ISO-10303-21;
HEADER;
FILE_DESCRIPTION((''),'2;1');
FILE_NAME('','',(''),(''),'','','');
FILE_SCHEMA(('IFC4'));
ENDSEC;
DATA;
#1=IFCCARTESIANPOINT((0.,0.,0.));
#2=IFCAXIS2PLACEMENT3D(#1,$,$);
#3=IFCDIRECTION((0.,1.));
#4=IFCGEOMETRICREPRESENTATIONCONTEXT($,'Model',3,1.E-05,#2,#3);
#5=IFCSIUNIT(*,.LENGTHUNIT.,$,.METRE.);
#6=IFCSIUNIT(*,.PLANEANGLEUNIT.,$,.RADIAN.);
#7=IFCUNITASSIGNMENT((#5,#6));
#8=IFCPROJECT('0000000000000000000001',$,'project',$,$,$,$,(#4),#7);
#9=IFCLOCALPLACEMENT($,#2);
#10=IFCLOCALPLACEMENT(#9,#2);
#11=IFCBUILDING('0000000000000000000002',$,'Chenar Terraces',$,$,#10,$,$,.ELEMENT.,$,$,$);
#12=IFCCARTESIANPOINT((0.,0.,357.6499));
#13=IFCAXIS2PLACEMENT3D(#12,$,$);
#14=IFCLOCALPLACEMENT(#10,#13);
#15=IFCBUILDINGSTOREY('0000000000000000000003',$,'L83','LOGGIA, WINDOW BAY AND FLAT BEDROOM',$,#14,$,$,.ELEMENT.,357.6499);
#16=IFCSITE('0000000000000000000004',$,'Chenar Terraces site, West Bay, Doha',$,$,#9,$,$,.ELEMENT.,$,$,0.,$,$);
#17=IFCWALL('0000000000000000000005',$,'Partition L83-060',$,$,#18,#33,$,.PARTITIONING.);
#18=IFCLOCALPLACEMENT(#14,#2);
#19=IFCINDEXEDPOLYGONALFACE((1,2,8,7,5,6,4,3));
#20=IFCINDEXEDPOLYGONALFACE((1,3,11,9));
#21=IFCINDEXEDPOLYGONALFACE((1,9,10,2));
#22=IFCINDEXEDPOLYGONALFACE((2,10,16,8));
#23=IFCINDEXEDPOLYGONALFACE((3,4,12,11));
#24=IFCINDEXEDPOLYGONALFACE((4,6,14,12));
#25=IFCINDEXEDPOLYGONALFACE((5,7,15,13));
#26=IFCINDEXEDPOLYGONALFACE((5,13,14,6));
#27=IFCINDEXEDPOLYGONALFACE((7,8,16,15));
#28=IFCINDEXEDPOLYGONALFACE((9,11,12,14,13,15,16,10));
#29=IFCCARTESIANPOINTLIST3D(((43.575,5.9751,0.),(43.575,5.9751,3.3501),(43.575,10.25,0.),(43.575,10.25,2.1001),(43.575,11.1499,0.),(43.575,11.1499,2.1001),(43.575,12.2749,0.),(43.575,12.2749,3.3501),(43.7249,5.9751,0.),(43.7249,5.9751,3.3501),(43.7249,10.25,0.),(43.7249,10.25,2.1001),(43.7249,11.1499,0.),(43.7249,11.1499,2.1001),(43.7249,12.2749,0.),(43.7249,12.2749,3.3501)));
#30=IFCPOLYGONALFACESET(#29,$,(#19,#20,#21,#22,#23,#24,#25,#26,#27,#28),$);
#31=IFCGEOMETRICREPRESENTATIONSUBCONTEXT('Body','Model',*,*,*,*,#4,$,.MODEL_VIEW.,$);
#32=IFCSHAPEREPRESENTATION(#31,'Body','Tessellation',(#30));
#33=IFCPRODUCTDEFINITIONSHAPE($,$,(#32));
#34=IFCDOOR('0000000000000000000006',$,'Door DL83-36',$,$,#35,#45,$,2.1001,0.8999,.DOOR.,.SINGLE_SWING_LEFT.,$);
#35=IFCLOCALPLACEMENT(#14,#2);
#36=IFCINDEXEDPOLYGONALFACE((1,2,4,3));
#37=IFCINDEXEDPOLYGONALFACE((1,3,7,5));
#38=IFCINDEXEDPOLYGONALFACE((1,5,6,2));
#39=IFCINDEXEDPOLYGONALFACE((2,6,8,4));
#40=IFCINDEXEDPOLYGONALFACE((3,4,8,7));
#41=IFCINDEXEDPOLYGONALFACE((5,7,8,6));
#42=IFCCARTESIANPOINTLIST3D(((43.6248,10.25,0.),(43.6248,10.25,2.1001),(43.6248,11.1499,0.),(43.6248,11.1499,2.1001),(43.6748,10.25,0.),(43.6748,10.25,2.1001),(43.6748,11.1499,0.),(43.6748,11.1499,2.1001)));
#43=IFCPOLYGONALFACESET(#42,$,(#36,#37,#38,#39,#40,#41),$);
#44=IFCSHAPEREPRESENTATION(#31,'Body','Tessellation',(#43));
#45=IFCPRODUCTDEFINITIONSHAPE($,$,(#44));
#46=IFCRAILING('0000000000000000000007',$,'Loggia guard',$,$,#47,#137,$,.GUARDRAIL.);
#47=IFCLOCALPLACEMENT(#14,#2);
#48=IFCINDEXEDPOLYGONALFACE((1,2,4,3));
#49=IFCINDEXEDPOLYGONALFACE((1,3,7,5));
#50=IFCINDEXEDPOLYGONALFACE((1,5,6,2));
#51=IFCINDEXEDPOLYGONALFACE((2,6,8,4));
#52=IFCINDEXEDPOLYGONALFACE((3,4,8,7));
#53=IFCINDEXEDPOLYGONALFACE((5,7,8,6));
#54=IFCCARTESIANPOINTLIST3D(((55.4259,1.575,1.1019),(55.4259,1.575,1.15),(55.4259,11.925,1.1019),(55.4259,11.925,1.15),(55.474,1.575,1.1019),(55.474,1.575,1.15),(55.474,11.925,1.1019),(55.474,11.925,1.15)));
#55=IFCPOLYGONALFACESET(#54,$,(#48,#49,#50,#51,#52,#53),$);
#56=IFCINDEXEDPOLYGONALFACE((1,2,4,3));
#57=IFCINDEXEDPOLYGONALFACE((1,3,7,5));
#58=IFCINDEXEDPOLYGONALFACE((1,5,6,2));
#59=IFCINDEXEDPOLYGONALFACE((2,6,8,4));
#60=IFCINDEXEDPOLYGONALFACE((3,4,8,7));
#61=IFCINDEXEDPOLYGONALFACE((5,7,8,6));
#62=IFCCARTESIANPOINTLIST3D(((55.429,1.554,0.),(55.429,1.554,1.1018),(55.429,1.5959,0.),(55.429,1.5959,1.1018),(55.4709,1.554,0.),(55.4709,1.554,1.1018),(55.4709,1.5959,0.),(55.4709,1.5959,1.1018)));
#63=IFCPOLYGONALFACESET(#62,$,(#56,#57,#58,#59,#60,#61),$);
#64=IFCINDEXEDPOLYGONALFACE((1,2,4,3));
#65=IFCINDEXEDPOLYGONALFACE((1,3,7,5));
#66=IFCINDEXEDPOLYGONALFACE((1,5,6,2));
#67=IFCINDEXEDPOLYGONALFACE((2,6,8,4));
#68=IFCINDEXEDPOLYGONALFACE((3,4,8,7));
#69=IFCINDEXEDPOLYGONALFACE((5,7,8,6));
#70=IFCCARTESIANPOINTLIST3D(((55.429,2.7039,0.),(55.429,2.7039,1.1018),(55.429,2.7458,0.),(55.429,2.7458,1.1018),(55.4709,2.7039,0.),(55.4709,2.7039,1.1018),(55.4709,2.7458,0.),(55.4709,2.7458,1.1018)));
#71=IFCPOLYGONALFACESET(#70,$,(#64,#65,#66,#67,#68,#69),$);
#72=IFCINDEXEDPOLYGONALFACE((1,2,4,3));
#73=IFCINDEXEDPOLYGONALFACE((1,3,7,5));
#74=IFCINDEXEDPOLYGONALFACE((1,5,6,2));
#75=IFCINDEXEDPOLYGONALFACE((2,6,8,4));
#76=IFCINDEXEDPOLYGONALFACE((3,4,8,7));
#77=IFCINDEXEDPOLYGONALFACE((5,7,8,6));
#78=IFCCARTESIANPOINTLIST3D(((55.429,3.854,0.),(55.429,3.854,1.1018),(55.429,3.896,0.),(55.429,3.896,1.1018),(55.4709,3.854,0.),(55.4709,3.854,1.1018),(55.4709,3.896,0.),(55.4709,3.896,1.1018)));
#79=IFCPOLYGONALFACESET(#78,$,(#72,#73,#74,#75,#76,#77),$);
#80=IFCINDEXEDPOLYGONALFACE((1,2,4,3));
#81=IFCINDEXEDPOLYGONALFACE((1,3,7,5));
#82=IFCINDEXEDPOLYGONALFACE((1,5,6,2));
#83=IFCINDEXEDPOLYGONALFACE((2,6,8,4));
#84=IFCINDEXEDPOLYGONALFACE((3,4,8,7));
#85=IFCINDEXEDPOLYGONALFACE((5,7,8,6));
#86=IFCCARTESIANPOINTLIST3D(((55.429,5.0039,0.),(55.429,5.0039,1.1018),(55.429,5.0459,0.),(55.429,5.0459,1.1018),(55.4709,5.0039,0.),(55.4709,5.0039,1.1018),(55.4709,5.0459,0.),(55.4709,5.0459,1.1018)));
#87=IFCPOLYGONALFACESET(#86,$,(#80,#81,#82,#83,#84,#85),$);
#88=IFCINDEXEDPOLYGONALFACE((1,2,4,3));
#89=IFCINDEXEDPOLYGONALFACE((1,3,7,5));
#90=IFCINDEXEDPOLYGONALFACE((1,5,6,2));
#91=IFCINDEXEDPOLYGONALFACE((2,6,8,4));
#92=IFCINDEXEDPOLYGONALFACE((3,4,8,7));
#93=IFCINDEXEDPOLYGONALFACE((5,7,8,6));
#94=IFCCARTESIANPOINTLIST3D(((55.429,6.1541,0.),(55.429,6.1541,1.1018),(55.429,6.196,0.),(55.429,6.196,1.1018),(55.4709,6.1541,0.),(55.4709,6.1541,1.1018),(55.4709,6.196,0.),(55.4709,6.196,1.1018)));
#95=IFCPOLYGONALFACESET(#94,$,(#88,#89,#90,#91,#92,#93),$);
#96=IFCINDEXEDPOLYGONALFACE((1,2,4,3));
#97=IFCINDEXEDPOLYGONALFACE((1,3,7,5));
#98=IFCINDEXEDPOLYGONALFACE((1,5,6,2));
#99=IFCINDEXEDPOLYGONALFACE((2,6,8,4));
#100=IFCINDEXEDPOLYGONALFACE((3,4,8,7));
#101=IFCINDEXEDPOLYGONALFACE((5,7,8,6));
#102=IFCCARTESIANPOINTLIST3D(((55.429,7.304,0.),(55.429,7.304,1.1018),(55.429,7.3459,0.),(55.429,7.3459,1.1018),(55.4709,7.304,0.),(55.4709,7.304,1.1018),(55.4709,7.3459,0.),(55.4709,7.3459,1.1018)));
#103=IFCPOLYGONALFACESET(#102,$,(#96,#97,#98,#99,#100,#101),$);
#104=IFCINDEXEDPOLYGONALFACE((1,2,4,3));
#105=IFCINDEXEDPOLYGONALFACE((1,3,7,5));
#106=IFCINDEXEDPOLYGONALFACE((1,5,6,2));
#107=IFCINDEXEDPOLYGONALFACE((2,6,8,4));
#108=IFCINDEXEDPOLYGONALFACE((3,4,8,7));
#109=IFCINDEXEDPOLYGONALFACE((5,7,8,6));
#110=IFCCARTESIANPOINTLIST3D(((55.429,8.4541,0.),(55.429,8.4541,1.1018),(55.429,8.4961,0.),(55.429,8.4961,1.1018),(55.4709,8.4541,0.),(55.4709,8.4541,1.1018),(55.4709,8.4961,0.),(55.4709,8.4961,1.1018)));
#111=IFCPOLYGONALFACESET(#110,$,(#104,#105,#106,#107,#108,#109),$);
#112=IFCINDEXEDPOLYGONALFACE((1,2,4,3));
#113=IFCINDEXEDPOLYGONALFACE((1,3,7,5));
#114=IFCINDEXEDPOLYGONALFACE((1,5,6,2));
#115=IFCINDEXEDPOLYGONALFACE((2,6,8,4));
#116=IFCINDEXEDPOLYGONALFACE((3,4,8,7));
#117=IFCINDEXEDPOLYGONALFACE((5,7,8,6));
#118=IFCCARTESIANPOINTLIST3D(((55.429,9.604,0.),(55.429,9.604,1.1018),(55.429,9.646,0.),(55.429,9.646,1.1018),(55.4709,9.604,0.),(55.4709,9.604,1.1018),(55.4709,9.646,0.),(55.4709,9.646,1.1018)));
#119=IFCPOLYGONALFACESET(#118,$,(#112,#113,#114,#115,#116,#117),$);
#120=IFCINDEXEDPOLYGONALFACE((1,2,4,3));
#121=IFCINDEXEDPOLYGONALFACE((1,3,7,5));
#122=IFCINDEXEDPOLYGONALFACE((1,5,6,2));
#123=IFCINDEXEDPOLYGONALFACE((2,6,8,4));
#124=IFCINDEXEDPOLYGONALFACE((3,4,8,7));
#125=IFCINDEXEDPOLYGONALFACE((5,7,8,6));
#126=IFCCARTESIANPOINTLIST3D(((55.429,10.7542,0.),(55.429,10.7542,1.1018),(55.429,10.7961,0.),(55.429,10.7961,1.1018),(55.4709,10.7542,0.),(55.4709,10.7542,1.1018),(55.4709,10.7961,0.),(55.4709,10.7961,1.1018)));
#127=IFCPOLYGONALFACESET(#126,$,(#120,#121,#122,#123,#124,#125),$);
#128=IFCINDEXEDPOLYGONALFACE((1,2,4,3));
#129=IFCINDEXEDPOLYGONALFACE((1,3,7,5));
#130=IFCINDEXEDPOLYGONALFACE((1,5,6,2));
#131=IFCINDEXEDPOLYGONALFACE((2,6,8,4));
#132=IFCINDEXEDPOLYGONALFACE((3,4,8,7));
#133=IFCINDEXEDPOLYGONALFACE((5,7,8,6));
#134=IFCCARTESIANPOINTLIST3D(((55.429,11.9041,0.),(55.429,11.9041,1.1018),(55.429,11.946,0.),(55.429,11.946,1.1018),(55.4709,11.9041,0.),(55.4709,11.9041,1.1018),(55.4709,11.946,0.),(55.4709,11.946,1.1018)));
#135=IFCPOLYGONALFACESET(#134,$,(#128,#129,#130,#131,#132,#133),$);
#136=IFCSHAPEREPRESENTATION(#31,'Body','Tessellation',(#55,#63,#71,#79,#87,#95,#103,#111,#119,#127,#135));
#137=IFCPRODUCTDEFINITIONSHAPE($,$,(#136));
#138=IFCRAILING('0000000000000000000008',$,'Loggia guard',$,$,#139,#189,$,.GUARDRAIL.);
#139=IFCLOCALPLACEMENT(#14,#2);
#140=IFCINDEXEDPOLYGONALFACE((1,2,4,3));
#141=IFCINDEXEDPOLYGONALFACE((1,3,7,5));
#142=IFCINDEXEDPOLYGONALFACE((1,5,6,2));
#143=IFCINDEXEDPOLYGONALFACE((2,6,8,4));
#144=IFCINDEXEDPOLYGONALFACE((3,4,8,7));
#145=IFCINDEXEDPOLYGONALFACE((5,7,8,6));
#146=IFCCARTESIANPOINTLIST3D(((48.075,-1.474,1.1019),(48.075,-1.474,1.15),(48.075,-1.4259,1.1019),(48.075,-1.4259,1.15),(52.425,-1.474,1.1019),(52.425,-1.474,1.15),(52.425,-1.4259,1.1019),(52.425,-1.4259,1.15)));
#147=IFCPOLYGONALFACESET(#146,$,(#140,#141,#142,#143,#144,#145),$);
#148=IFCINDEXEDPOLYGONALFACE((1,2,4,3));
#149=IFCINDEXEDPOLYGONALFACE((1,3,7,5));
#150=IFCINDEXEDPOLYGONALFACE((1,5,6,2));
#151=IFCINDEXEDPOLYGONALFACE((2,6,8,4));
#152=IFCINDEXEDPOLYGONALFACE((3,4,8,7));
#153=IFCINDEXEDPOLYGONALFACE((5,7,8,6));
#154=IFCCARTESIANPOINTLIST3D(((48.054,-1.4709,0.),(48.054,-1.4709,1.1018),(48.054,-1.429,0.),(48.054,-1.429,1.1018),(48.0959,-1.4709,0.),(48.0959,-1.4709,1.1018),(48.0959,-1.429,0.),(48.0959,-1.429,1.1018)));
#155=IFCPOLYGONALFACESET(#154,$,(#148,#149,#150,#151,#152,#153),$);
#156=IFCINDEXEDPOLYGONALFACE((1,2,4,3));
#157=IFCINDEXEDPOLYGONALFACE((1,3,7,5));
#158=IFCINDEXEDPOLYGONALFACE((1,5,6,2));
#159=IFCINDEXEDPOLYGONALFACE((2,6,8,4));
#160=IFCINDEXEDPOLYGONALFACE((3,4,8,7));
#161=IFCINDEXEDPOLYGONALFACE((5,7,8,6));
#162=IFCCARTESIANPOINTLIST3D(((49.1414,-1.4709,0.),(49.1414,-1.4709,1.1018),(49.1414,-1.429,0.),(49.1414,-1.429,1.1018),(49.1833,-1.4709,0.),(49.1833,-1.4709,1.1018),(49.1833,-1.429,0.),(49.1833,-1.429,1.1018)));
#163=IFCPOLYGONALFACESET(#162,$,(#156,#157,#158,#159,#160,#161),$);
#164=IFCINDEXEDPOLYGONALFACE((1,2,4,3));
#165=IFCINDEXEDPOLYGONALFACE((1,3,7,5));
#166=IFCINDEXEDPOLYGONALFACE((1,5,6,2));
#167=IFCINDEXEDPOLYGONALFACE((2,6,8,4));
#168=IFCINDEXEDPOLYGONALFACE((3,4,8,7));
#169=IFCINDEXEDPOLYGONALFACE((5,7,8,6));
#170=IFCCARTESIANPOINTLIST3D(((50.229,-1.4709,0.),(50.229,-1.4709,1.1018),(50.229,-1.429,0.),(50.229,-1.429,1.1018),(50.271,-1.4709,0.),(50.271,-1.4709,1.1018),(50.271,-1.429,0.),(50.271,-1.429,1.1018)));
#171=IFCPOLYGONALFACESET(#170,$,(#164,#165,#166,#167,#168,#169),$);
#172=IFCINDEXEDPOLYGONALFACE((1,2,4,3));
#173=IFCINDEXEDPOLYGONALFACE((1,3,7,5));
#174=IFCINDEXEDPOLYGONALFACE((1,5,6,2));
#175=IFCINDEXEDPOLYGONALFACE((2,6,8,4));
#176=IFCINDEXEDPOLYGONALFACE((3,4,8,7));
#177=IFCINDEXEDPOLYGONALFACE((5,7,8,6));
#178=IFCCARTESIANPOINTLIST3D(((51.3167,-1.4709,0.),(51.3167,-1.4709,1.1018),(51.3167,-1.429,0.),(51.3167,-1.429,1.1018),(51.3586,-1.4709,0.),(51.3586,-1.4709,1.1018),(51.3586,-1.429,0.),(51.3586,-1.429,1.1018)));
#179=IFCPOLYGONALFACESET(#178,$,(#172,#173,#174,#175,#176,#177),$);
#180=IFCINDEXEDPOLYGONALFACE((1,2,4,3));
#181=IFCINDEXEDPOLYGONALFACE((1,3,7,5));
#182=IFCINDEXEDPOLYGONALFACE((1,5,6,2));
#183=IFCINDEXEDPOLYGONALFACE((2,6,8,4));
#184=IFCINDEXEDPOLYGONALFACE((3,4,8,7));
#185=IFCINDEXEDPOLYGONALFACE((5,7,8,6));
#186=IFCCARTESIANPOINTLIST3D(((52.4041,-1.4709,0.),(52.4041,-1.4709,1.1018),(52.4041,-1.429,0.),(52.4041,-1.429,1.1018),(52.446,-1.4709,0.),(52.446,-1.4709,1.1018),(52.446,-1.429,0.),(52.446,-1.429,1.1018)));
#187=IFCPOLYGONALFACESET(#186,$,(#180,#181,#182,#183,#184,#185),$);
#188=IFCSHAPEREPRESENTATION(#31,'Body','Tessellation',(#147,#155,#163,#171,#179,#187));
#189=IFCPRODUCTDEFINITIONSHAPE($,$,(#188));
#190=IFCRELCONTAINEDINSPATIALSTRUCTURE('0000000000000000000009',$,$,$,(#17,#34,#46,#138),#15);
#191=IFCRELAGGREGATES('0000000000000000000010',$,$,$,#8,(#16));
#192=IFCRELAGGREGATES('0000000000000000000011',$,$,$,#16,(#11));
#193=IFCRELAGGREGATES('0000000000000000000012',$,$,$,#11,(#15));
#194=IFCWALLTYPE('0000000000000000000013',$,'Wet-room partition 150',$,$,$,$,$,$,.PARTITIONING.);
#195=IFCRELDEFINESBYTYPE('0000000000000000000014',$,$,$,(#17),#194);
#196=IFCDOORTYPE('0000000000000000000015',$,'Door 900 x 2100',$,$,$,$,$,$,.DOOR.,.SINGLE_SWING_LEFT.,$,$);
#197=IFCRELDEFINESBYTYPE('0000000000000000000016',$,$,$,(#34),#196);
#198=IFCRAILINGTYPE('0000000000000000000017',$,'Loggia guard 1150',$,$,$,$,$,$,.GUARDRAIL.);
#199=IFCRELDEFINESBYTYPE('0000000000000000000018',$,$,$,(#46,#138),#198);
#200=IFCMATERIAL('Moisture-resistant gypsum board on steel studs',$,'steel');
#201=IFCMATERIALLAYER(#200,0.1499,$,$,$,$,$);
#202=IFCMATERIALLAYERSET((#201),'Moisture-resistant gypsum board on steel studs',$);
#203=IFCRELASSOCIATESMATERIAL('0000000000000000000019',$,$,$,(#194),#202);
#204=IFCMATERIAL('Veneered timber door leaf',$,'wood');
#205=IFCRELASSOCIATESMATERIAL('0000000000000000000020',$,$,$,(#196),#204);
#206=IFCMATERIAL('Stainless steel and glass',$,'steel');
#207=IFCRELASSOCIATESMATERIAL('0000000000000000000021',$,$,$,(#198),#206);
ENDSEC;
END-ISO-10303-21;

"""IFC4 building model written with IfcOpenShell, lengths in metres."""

from ifc_helpers import new_model, si_unit, direction, frame, frame_2d, origin, origin_2d, place, context, subcontext, project, spatial, rectangle, extrude, material, layer, layer_set, type_object, element, fill, save


model = new_model("IFC4")

# Units and contexts
model_context = context("Model", 3, precision=1e-05, world=origin(), true_north=direction((0.0, 1.0)))
body_context = subcontext(model_context, "Body", "Model", "MODEL_VIEW")
ifc_project = project(units=[si_unit("LENGTHUNIT", "METRE"), si_unit("PLANEANGLEUNIT", "RADIAN")], contexts=[model_context])

# Site, building, storey
site_placement = place(None, origin())
site = spatial("IfcSite", under=ifc_project, at=site_placement, Name="Chenar Terraces site, West Bay, Doha", CompositionType="ELEMENT", RefElevation=0.0)
building_placement = place(site_placement, origin())
building = spatial("IfcBuilding", under=site, at=building_placement, Name="Chenar Terraces", CompositionType="ELEMENT")
storey_placement = place(building_placement, frame((0.0, 0.0, 357.6499)))
storey = spatial("IfcBuildingStorey", under=building, at=storey_placement, Name="L83", Description="LOGGIA, WINDOW BAY AND FLAT BEDROOM", CompositionType="ELEMENT", Elevation=357.6499)

# Shared definitions
ifc_material_1 = material(Name="Moisture-resistant gypsum board on steel studs", Category="steel")
ifc_layer_1 = layer(ifc_material_1, 0.1499)
ifc_layer_set_1 = layer_set([ifc_layer_1], Name="Moisture-resistant gypsum board on steel studs")
wall_type_1 = type_object("IfcWallType", Name="Wet-room partition 150", PredefinedType="PARTITIONING", material=ifc_layer_set_1)
ifc_material_2 = material(Name="Veneered timber door leaf", Category="wood")
door_type_1 = type_object("IfcDoorType", Name="Door 900 x 2100", OperationType="SINGLE_SWING_LEFT", PredefinedType="DOOR", material=ifc_material_2)

# Wall, opening, door
wall_1_placement = place(storey_placement, frame((43.6499, 5.9751, 0.0), z_axis=(0.0, 0.0, 1.0), x_axis=(0.0, 1.0, 0.0)))
wall_1 = element("IfcWall", 1, at=wall_1_placement, inside=storey, type_object=wall_type_1, Name="Partition L83-060", PredefinedType="PARTITIONING", context=body_context, shape_type="SweptSolid", body=[
    extrude(rectangle(XDim=6.2998, YDim=0.1499, at=frame_2d((3.1499, 0.0))), origin(), (0.0, 0.0, 1.0), 3.3501),
])
opening_1_placement = place(wall_1_placement, frame((4.2749, 0.0, 0.0)))
opening_1 = element("IfcOpeningElement", 2, at=opening_1_placement, cuts=wall_1, PredefinedType="OPENING", context=body_context, shape_type="SweptSolid", body=[
    extrude(rectangle(XDim=0.8999, YDim=2.1001, at=frame_2d((0.45, 1.05))), frame((0.0, 0.085, 0.0), z_axis=(0.0, -1.0, 0.0), x_axis=(1.0, 0.0, 0.0)), (0.0, 0.0, 1.0), 0.1699),
])
door_1_placement = place(opening_1_placement, frame((0.8999, 0.0, 0.0), z_axis=(0.0, 0.0, 1.0), x_axis=(-1.0, 0.0, 0.0)))
door_1 = element("IfcDoor", 3, at=door_1_placement, inside=storey, type_object=door_type_1, Name="Door DL83-36", OperationType="SINGLE_SWING_LEFT", OverallHeight=2.1001, OverallWidth=0.8999, PredefinedType="DOOR", context=body_context, shape_type="SweptSolid", body=[
    extrude(rectangle(XDim=0.8999, YDim=2.1001, at=frame_2d((0.45, 1.05))), frame((0.0, 0.0249, 0.0), z_axis=(0.0, -1.0, 0.0), x_axis=(1.0, 0.0, 0.0)), (0.0, 0.0, 1.0), 0.05),
])
fill(opening_1, door_1)

# Railings
ifc_material_3 = material(Name="Stainless steel and glass", Category="steel")
railing_type = type_object("IfcRailingType", Name="Loggia guard 1150", PredefinedType="GUARDRAIL", material=ifc_material_3)
railing_1_placement = place(storey_placement, frame((55.45, 1.575, 0.0)))
element("IfcRailing", 4, at=railing_1_placement, inside=storey, type_object=railing_type, Name="Loggia guard", PredefinedType="GUARDRAIL", context=body_context, shape_type="SweptSolid", body=[
    extrude(rectangle(XDim=0.0481, YDim=0.0481, at=origin_2d()), frame((0.0, 0.0, 1.126), z_axis=(0.0, 1.0, 0.0), x_axis=(-1.0, 0.0, 0.0)), (0.0, 0.0, 1.0), 10.3501),
    extrude(rectangle(XDim=0.042, YDim=0.042, at=origin_2d()), origin(), (0.0, 0.0, 1.0), 1.1018),
    extrude(rectangle(XDim=0.042, YDim=0.042, at=origin_2d()), frame((0.0, 1.1499, 0.0)), (0.0, 0.0, 1.0), 1.1018),
    extrude(rectangle(XDim=0.042, YDim=0.042, at=origin_2d()), frame((0.0, 2.3, 0.0)), (0.0, 0.0, 1.0), 1.1018),
    extrude(rectangle(XDim=0.042, YDim=0.042, at=origin_2d()), frame((0.0, 3.45, 0.0)), (0.0, 0.0, 1.0), 1.1018),
    extrude(rectangle(XDim=0.042, YDim=0.042, at=origin_2d()), frame((0.0, 4.6001, 0.0)), (0.0, 0.0, 1.0), 1.1018),
    extrude(rectangle(XDim=0.042, YDim=0.042, at=origin_2d()), frame((0.0, 5.75, 0.0)), (0.0, 0.0, 1.0), 1.1018),
    extrude(rectangle(XDim=0.042, YDim=0.042, at=origin_2d()), frame((0.0, 6.9001, 0.0)), (0.0, 0.0, 1.0), 1.1018),
    extrude(rectangle(XDim=0.042, YDim=0.042, at=origin_2d()), frame((0.0, 8.05, 0.0)), (0.0, 0.0, 1.0), 1.1018),
    extrude(rectangle(XDim=0.042, YDim=0.042, at=origin_2d()), frame((0.0, 9.2002, 0.0)), (0.0, 0.0, 1.0), 1.1018),
    extrude(rectangle(XDim=0.042, YDim=0.042, at=origin_2d()), frame((0.0, 10.3501, 0.0)), (0.0, 0.0, 1.0), 1.1018),
])
railing_2_placement = place(storey_placement, frame((48.075, -1.45, 0.0)))
element("IfcRailing", 5, at=railing_2_placement, inside=storey, type_object=railing_type, Name="Loggia guard", PredefinedType="GUARDRAIL", context=body_context, shape_type="SweptSolid", body=[
    extrude(rectangle(XDim=0.0481, YDim=0.0481, at=origin_2d()), frame((0.0, 0.0, 1.126), z_axis=(1.0, 0.0, 0.0), x_axis=(0.0, 1.0, 0.0)), (0.0, 0.0, 1.0), 4.3501),
    extrude(rectangle(XDim=0.042, YDim=0.042, at=origin_2d()), origin(), (0.0, 0.0, 1.0), 1.1018),
    extrude(rectangle(XDim=0.042, YDim=0.042, at=origin_2d()), frame((1.0874, 0.0, 0.0)), (0.0, 0.0, 1.0), 1.1018),
    extrude(rectangle(XDim=0.042, YDim=0.042, at=origin_2d()), frame((2.175, 0.0, 0.0)), (0.0, 0.0, 1.0), 1.1018),
    extrude(rectangle(XDim=0.042, YDim=0.042, at=origin_2d()), frame((3.2627, 0.0, 0.0)), (0.0, 0.0, 1.0), 1.1018),
    extrude(rectangle(XDim=0.042, YDim=0.042, at=origin_2d()), frame((4.3501, 0.0, 0.0)), (0.0, 0.0, 1.0), 1.1018),
])

save(model, "model.ifc")
